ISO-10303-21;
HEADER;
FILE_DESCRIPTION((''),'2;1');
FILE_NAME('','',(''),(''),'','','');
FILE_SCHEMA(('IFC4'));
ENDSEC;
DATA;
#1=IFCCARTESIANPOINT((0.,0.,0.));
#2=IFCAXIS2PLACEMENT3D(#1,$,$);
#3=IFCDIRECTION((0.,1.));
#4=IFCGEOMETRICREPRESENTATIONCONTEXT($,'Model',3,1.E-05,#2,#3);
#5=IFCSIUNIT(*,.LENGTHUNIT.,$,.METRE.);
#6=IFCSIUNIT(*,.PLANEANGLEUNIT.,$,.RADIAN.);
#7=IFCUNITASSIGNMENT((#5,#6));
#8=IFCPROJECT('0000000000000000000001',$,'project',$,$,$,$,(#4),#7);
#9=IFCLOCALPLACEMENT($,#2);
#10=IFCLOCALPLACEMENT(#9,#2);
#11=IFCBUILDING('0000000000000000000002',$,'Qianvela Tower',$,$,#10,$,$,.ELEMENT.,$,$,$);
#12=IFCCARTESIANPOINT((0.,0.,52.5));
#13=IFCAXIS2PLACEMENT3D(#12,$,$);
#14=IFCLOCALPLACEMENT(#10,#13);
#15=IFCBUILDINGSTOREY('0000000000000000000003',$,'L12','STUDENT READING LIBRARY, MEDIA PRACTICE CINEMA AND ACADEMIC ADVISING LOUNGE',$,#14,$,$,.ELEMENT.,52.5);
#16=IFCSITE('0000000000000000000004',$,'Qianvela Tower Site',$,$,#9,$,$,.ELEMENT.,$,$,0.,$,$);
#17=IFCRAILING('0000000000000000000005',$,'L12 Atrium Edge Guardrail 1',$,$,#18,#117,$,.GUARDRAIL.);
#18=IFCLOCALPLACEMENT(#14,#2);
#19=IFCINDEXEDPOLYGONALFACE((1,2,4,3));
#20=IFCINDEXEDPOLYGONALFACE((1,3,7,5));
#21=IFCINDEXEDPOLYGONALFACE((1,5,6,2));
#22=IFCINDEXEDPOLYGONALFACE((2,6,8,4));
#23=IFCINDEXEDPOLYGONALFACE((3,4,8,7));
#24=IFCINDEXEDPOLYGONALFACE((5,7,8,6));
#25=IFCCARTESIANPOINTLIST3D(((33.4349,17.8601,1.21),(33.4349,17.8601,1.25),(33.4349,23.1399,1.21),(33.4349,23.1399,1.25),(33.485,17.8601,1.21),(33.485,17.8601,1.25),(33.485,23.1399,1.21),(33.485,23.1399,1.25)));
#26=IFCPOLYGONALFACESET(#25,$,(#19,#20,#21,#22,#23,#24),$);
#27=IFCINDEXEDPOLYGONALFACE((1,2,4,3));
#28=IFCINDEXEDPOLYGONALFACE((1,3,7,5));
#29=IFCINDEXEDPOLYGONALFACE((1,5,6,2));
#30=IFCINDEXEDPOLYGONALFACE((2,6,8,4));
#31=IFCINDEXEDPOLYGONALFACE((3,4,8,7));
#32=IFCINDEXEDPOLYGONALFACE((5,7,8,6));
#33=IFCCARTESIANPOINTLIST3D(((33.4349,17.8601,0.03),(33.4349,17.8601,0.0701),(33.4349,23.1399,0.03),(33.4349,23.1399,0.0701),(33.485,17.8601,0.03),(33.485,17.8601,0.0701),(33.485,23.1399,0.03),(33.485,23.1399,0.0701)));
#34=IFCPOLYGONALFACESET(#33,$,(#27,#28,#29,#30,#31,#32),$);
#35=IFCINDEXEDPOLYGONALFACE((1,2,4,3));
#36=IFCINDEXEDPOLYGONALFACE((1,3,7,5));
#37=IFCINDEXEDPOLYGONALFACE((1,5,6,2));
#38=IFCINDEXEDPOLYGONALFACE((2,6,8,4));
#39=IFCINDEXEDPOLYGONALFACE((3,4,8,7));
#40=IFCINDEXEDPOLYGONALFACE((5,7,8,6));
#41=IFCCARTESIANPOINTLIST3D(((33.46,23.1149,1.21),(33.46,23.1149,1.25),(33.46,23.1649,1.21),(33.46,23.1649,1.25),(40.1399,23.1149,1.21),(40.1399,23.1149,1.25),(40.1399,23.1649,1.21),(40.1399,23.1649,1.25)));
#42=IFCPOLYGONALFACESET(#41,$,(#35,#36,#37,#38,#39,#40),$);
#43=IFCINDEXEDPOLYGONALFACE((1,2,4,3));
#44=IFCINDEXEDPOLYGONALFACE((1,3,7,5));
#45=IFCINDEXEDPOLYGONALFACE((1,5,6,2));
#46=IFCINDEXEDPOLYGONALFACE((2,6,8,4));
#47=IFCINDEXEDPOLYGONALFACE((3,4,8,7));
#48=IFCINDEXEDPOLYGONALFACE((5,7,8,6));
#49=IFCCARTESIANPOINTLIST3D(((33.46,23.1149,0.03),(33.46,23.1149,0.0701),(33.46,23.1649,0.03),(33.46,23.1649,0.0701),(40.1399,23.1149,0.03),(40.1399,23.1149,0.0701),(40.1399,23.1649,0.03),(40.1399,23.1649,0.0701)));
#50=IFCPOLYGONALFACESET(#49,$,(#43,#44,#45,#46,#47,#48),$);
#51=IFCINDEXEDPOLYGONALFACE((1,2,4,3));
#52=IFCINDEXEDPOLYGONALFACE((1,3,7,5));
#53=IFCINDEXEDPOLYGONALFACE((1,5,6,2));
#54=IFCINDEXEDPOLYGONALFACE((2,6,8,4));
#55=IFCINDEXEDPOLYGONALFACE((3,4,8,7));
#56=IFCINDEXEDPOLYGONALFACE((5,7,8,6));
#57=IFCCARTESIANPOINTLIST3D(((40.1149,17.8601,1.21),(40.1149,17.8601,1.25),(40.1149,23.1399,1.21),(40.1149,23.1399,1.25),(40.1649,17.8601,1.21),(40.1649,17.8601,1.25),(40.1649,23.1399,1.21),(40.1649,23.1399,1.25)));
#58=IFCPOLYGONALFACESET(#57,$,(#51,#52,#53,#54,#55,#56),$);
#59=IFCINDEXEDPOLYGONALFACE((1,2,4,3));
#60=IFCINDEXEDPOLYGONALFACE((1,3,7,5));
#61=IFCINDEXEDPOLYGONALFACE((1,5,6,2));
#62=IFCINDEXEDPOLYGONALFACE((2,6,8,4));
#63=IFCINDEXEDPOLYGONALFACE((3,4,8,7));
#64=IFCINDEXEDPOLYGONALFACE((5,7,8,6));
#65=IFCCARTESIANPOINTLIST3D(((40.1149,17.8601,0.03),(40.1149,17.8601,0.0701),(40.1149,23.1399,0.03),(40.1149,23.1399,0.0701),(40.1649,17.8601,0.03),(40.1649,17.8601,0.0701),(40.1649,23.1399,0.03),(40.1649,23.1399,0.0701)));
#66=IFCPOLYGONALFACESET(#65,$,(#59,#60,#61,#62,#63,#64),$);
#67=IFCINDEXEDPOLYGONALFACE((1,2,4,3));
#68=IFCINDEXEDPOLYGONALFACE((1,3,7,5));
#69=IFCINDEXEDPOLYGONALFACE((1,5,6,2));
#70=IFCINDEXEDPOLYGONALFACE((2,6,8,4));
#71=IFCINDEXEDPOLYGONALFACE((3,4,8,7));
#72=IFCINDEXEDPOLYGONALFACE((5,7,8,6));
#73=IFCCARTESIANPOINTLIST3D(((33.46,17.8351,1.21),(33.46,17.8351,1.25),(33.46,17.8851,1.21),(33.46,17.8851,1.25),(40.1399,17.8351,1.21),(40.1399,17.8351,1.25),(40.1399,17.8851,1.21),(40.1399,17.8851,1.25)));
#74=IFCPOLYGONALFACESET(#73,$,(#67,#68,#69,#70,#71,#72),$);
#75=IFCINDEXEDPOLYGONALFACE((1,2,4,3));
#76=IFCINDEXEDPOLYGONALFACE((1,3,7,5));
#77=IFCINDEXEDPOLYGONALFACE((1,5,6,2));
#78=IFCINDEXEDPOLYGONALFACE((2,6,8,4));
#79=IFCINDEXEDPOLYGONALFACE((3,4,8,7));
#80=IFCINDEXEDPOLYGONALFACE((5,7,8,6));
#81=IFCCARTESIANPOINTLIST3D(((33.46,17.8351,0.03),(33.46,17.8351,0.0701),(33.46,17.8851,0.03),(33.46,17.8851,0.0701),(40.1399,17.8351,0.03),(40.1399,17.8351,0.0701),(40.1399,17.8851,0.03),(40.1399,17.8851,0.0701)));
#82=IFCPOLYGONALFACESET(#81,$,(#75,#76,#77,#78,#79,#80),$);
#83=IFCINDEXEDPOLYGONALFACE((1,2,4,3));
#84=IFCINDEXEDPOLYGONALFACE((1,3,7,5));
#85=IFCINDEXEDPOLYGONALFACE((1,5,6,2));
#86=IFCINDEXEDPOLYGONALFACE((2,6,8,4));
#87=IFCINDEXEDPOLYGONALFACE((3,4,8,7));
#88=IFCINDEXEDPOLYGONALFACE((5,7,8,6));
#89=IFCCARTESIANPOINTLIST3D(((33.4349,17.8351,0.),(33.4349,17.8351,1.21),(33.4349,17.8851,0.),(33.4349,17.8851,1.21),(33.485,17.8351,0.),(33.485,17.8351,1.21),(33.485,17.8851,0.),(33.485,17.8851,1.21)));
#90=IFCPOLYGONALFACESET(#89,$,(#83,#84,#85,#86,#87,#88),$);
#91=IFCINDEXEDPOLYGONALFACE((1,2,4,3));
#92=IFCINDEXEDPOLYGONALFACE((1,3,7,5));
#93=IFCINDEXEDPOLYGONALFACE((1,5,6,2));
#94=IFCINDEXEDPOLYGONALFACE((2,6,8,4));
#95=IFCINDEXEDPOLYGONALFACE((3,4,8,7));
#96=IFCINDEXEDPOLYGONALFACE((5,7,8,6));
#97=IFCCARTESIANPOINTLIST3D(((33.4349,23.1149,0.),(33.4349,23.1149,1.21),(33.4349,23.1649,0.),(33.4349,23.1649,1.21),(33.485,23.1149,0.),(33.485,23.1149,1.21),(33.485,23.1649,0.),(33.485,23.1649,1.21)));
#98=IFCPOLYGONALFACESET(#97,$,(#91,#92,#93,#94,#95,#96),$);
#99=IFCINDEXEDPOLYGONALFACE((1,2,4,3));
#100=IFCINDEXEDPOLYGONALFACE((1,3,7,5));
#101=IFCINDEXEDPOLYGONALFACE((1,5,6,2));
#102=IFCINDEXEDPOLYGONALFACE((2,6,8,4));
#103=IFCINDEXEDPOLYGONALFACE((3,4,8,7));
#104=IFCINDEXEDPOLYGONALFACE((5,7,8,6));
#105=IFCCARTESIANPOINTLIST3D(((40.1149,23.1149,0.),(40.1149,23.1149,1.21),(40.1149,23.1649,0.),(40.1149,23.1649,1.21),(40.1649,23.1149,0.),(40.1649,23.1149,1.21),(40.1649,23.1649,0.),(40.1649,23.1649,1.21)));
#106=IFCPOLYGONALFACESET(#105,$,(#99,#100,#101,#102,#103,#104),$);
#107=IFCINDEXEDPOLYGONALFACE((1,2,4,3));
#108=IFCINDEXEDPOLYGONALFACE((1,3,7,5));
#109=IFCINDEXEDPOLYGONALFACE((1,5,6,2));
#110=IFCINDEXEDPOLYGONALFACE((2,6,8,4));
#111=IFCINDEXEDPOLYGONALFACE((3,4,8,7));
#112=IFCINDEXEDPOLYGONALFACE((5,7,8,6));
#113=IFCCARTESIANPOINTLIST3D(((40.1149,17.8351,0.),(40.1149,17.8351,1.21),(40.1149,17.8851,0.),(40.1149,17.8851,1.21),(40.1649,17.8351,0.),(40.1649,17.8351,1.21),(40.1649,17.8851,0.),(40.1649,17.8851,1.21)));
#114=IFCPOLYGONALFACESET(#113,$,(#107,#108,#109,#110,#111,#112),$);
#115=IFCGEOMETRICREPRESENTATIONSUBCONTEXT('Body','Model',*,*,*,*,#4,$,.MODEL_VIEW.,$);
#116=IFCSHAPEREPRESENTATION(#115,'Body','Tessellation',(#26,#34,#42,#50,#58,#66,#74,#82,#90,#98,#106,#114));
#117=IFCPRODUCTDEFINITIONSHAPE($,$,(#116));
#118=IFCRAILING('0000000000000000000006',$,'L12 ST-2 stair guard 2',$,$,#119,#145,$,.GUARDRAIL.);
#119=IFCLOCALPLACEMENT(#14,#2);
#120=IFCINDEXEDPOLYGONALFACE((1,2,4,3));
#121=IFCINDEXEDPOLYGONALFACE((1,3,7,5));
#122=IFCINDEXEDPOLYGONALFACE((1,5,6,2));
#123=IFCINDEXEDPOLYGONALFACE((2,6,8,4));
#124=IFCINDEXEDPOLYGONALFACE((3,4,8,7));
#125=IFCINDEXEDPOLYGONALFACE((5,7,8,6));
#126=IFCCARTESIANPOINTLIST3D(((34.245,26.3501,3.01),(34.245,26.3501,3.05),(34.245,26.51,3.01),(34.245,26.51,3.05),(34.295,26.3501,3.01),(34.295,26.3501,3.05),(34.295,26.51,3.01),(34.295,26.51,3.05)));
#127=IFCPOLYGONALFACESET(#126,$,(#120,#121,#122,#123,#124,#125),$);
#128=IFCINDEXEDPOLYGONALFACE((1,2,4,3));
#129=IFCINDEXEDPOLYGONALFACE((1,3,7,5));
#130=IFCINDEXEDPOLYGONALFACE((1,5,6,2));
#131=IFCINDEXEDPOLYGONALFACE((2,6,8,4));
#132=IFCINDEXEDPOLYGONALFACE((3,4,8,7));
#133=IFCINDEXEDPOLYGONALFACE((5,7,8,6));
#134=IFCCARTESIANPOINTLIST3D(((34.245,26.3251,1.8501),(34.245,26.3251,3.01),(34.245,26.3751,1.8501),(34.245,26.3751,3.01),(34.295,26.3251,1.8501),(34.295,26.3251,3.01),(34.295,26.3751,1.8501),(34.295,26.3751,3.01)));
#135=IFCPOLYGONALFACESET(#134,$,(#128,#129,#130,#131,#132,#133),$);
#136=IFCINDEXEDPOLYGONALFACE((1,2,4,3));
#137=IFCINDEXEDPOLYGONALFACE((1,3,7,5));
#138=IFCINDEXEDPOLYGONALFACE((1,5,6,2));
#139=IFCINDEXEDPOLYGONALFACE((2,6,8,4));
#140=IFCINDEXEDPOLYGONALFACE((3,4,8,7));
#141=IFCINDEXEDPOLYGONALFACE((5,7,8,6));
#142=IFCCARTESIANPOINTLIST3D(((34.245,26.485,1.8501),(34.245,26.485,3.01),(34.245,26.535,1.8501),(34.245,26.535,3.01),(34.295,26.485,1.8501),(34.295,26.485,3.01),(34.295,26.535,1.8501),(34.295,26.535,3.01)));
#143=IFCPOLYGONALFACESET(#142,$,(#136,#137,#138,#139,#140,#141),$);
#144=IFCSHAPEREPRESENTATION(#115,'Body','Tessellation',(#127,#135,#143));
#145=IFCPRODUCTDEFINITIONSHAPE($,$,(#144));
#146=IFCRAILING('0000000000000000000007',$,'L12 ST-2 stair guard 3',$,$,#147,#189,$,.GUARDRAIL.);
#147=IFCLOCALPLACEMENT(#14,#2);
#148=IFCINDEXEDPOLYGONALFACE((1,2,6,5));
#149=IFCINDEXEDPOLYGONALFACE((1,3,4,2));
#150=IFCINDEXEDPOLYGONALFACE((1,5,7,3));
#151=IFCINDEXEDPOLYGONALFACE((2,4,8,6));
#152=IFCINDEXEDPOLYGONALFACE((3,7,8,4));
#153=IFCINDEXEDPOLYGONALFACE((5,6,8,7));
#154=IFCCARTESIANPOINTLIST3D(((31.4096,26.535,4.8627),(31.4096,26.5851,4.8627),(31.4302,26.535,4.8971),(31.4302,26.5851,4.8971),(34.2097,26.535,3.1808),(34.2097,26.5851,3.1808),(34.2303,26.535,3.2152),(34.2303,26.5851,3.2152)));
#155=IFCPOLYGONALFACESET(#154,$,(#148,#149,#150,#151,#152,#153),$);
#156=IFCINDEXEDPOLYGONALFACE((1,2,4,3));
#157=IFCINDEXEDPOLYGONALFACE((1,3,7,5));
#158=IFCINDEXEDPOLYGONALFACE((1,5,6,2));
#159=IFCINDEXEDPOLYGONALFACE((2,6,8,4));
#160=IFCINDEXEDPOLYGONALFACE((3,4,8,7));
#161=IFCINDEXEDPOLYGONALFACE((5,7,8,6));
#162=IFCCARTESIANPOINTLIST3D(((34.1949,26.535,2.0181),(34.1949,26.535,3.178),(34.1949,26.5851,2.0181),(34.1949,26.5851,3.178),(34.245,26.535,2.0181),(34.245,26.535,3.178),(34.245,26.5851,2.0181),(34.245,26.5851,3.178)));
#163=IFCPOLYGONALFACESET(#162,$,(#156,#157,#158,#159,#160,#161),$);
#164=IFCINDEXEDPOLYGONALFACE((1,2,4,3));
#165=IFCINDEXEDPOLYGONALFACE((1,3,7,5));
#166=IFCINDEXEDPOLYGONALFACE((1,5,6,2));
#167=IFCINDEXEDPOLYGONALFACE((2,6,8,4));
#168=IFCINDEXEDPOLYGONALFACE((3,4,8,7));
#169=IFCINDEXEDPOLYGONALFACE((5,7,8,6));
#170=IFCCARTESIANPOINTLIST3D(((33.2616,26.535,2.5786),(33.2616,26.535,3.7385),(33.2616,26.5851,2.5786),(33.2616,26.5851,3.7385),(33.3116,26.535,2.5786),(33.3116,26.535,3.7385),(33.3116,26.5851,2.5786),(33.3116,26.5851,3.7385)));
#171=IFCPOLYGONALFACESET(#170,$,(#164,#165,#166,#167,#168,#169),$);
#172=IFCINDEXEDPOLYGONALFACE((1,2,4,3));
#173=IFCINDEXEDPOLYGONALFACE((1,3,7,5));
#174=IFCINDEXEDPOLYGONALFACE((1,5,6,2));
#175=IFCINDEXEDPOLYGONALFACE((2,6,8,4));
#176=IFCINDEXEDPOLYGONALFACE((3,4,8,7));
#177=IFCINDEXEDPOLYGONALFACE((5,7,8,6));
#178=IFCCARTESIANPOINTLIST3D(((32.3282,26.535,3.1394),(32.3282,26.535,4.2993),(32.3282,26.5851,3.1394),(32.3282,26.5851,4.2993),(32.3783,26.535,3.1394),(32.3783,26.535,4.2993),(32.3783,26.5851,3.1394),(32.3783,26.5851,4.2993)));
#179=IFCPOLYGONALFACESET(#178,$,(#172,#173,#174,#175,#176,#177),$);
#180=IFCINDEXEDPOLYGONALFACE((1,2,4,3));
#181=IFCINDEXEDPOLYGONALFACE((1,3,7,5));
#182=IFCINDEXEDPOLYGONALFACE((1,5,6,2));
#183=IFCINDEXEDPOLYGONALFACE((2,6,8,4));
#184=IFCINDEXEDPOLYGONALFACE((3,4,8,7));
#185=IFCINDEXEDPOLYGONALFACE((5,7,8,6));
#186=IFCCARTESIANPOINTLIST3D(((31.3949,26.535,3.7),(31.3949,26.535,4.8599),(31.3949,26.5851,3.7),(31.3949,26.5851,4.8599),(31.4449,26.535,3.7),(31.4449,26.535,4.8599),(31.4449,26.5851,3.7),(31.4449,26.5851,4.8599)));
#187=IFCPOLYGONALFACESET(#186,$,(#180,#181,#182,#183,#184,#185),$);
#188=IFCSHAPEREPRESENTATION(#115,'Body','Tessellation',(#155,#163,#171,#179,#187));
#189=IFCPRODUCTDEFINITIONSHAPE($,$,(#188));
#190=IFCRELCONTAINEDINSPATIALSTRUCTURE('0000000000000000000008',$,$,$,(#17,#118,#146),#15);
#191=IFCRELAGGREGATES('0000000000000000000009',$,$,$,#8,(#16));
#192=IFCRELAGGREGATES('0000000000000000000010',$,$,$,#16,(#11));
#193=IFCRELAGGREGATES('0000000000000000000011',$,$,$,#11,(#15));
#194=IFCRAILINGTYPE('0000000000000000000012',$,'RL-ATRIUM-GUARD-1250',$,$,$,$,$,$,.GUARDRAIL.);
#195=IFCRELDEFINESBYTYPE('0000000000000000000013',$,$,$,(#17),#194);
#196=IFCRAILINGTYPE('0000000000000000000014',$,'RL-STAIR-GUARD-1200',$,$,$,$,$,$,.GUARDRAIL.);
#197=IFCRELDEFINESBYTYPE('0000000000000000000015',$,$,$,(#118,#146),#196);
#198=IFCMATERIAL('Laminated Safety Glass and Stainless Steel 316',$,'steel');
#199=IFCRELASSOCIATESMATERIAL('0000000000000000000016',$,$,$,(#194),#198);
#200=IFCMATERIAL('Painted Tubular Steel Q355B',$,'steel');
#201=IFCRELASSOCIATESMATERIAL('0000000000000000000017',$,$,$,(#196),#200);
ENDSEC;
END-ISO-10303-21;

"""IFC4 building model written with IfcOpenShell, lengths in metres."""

from ifc_helpers import new_model, si_unit, direction, frame, origin, origin_2d, place, context, subcontext, project, spatial, rectangle, extrude, material, type_object, element, save


model = new_model("IFC4")

# Units and contexts
model_context = context("Model", 3, precision=1e-05, world=origin(), true_north=direction((0.0, 1.0)))
body_context = subcontext(model_context, "Body", "Model", "MODEL_VIEW")
ifc_project = project(units=[si_unit("LENGTHUNIT", "METRE"), si_unit("PLANEANGLEUNIT", "RADIAN")], contexts=[model_context])

# Site, building, storey
site_placement = place(None, origin())
site = spatial("IfcSite", under=ifc_project, at=site_placement, Name="Qianvela Tower Site", CompositionType="ELEMENT", RefElevation=0.0)
building_placement = place(site_placement, origin())
building = spatial("IfcBuilding", under=site, at=building_placement, Name="Qianvela Tower", CompositionType="ELEMENT")
storey_placement = place(building_placement, frame((0.0, 0.0, 52.5)))
storey = spatial("IfcBuildingStorey", under=building, at=storey_placement, Name="L12", Description="STUDENT READING LIBRARY, MEDIA PRACTICE CINEMA AND ACADEMIC ADVISING LOUNGE", CompositionType="ELEMENT", Elevation=52.5)

# Railings
ifc_material_1 = material(Name="Laminated Safety Glass and Stainless Steel 316", Category="steel")
railing_type_1 = type_object("IfcRailingType", Name="RL-ATRIUM-GUARD-1250", PredefinedType="GUARDRAIL", material=ifc_material_1)
railing_1_placement = place(storey_placement, frame((33.46, 17.8601, 0.0)))
element("IfcRailing", 1, at=railing_1_placement, inside=storey, type_object=railing_type_1, Name="L12 Atrium Edge Guardrail 1", PredefinedType="GUARDRAIL", context=body_context, shape_type="SweptSolid", body=[
    extrude(rectangle(XDim=0.05, YDim=0.04, at=origin_2d()), frame((0.0, 0.0, 1.23), z_axis=(0.0, 1.0, 0.0), x_axis=(-1.0, 0.0, 0.0)), (0.0, 0.0, 1.0), 5.2798),
    extrude(rectangle(XDim=0.05, YDim=0.04, at=origin_2d()), frame((0.0, 0.0, 0.05), z_axis=(0.0, 1.0, 0.0), x_axis=(-1.0, 0.0, 0.0)), (0.0, 0.0, 1.0), 5.2798),
    extrude(rectangle(XDim=0.05, YDim=0.04, at=origin_2d()), frame((0.0, 5.2798, 1.23), z_axis=(1.0, 0.0, 0.0), x_axis=(0.0, 1.0, 0.0)), (0.0, 0.0, 1.0), 6.6799),
    extrude(rectangle(XDim=0.05, YDim=0.04, at=origin_2d()), frame((0.0, 5.2798, 0.05), z_axis=(1.0, 0.0, 0.0), x_axis=(0.0, 1.0, 0.0)), (0.0, 0.0, 1.0), 6.6799),
    extrude(rectangle(XDim=0.05, YDim=0.04, at=origin_2d()), frame((6.6799, 5.2798, 1.23), z_axis=(0.0, -1.0, 0.0), x_axis=(1.0, 0.0, 0.0)), (0.0, 0.0, 1.0), 5.2798),
    extrude(rectangle(XDim=0.05, YDim=0.04, at=origin_2d()), frame((6.6799, 5.2798, 0.05), z_axis=(0.0, -1.0, 0.0), x_axis=(1.0, 0.0, 0.0)), (0.0, 0.0, 1.0), 5.2798),
    extrude(rectangle(XDim=0.05, YDim=0.04, at=origin_2d()), frame((6.6799, 0.0, 1.23), z_axis=(-1.0, 0.0, 0.0), x_axis=(0.0, -1.0, 0.0)), (0.0, 0.0, 1.0), 6.6799),
    extrude(rectangle(XDim=0.05, YDim=0.04, at=origin_2d()), frame((6.6799, 0.0, 0.05), z_axis=(-1.0, 0.0, 0.0), x_axis=(0.0, -1.0, 0.0)), (0.0, 0.0, 1.0), 6.6799),
    extrude(rectangle(XDim=0.05, YDim=0.05, at=origin_2d()), origin(), (0.0, 0.0, 1.0), 1.21),
    extrude(rectangle(XDim=0.05, YDim=0.05, at=origin_2d()), frame((0.0, 5.2798, 0.0)), (0.0, 0.0, 1.0), 1.21),
    extrude(rectangle(XDim=0.05, YDim=0.05, at=origin_2d()), frame((6.6799, 5.2798, 0.0)), (0.0, 0.0, 1.0), 1.21),
    extrude(rectangle(XDim=0.05, YDim=0.05, at=origin_2d()), frame((6.6799, 0.0, 0.0)), (0.0, 0.0, 1.0), 1.21),
])
ifc_material_2 = material(Name="Painted Tubular Steel Q355B", Category="steel")
railing_type_2 = type_object("IfcRailingType", Name="RL-STAIR-GUARD-1200", PredefinedType="GUARDRAIL", material=ifc_material_2)
railing_2_placement = place(storey_placement, frame((34.27, 26.3501, 1.8501)))
element("IfcRailing", 2, at=railing_2_placement, inside=storey, type_object=railing_type_2, Name="L12 ST-2 stair guard 2", PredefinedType="GUARDRAIL", context=body_context, shape_type="SweptSolid", body=[
    extrude(rectangle(XDim=0.05, YDim=0.04, at=origin_2d()), frame((0.0, 0.0, 1.1799), z_axis=(0.0, 1.0, 0.0), x_axis=(-1.0, 0.0, 0.0)), (0.0, 0.0, 1.0), 0.1599),
    extrude(rectangle(XDim=0.05, YDim=0.05, at=origin_2d()), origin(), (0.0, 0.0, 1.0), 1.1599),
    extrude(rectangle(XDim=0.05, YDim=0.05, at=origin_2d()), frame((0.0, 0.1599, 0.0)), (0.0, 0.0, 1.0), 1.1599),
])
railing_3_placement = place(storey_placement, frame((34.22, 26.5601, 2.0181)))
element("IfcRailing", 3, at=railing_3_placement, inside=storey, type_object=railing_type_2, Name="L12 ST-2 stair guard 3", PredefinedType="GUARDRAIL", context=body_context, shape_type="SweptSolid", body=[
    extrude(rectangle(XDim=0.05, YDim=0.04, at=origin_2d()), frame((0.0, 0.0, 1.1799), z_axis=(-0.857242, 0.0, 0.514913), x_axis=(0.0, -1.0, 0.0)), (0.0, 0.0, 1.0), 3.2664),
    extrude(rectangle(XDim=0.05, YDim=0.05, at=origin_2d()), origin(), (0.0, 0.0, 1.0), 1.1599),
    extrude(rectangle(XDim=0.05, YDim=0.05, at=origin_2d()), frame((-0.9333, 0.0, 0.5605)), (0.0, 0.0, 1.0), 1.1599),
    extrude(rectangle(XDim=0.05, YDim=0.05, at=origin_2d()), frame((-1.8667, 0.0, 1.1213)), (0.0, 0.0, 1.0), 1.1599),
    extrude(rectangle(XDim=0.05, YDim=0.05, at=origin_2d()), frame((-2.8, 0.0, 1.6819)), (0.0, 0.0, 1.0), 1.1599),
])

save(model, "model.ifc")
